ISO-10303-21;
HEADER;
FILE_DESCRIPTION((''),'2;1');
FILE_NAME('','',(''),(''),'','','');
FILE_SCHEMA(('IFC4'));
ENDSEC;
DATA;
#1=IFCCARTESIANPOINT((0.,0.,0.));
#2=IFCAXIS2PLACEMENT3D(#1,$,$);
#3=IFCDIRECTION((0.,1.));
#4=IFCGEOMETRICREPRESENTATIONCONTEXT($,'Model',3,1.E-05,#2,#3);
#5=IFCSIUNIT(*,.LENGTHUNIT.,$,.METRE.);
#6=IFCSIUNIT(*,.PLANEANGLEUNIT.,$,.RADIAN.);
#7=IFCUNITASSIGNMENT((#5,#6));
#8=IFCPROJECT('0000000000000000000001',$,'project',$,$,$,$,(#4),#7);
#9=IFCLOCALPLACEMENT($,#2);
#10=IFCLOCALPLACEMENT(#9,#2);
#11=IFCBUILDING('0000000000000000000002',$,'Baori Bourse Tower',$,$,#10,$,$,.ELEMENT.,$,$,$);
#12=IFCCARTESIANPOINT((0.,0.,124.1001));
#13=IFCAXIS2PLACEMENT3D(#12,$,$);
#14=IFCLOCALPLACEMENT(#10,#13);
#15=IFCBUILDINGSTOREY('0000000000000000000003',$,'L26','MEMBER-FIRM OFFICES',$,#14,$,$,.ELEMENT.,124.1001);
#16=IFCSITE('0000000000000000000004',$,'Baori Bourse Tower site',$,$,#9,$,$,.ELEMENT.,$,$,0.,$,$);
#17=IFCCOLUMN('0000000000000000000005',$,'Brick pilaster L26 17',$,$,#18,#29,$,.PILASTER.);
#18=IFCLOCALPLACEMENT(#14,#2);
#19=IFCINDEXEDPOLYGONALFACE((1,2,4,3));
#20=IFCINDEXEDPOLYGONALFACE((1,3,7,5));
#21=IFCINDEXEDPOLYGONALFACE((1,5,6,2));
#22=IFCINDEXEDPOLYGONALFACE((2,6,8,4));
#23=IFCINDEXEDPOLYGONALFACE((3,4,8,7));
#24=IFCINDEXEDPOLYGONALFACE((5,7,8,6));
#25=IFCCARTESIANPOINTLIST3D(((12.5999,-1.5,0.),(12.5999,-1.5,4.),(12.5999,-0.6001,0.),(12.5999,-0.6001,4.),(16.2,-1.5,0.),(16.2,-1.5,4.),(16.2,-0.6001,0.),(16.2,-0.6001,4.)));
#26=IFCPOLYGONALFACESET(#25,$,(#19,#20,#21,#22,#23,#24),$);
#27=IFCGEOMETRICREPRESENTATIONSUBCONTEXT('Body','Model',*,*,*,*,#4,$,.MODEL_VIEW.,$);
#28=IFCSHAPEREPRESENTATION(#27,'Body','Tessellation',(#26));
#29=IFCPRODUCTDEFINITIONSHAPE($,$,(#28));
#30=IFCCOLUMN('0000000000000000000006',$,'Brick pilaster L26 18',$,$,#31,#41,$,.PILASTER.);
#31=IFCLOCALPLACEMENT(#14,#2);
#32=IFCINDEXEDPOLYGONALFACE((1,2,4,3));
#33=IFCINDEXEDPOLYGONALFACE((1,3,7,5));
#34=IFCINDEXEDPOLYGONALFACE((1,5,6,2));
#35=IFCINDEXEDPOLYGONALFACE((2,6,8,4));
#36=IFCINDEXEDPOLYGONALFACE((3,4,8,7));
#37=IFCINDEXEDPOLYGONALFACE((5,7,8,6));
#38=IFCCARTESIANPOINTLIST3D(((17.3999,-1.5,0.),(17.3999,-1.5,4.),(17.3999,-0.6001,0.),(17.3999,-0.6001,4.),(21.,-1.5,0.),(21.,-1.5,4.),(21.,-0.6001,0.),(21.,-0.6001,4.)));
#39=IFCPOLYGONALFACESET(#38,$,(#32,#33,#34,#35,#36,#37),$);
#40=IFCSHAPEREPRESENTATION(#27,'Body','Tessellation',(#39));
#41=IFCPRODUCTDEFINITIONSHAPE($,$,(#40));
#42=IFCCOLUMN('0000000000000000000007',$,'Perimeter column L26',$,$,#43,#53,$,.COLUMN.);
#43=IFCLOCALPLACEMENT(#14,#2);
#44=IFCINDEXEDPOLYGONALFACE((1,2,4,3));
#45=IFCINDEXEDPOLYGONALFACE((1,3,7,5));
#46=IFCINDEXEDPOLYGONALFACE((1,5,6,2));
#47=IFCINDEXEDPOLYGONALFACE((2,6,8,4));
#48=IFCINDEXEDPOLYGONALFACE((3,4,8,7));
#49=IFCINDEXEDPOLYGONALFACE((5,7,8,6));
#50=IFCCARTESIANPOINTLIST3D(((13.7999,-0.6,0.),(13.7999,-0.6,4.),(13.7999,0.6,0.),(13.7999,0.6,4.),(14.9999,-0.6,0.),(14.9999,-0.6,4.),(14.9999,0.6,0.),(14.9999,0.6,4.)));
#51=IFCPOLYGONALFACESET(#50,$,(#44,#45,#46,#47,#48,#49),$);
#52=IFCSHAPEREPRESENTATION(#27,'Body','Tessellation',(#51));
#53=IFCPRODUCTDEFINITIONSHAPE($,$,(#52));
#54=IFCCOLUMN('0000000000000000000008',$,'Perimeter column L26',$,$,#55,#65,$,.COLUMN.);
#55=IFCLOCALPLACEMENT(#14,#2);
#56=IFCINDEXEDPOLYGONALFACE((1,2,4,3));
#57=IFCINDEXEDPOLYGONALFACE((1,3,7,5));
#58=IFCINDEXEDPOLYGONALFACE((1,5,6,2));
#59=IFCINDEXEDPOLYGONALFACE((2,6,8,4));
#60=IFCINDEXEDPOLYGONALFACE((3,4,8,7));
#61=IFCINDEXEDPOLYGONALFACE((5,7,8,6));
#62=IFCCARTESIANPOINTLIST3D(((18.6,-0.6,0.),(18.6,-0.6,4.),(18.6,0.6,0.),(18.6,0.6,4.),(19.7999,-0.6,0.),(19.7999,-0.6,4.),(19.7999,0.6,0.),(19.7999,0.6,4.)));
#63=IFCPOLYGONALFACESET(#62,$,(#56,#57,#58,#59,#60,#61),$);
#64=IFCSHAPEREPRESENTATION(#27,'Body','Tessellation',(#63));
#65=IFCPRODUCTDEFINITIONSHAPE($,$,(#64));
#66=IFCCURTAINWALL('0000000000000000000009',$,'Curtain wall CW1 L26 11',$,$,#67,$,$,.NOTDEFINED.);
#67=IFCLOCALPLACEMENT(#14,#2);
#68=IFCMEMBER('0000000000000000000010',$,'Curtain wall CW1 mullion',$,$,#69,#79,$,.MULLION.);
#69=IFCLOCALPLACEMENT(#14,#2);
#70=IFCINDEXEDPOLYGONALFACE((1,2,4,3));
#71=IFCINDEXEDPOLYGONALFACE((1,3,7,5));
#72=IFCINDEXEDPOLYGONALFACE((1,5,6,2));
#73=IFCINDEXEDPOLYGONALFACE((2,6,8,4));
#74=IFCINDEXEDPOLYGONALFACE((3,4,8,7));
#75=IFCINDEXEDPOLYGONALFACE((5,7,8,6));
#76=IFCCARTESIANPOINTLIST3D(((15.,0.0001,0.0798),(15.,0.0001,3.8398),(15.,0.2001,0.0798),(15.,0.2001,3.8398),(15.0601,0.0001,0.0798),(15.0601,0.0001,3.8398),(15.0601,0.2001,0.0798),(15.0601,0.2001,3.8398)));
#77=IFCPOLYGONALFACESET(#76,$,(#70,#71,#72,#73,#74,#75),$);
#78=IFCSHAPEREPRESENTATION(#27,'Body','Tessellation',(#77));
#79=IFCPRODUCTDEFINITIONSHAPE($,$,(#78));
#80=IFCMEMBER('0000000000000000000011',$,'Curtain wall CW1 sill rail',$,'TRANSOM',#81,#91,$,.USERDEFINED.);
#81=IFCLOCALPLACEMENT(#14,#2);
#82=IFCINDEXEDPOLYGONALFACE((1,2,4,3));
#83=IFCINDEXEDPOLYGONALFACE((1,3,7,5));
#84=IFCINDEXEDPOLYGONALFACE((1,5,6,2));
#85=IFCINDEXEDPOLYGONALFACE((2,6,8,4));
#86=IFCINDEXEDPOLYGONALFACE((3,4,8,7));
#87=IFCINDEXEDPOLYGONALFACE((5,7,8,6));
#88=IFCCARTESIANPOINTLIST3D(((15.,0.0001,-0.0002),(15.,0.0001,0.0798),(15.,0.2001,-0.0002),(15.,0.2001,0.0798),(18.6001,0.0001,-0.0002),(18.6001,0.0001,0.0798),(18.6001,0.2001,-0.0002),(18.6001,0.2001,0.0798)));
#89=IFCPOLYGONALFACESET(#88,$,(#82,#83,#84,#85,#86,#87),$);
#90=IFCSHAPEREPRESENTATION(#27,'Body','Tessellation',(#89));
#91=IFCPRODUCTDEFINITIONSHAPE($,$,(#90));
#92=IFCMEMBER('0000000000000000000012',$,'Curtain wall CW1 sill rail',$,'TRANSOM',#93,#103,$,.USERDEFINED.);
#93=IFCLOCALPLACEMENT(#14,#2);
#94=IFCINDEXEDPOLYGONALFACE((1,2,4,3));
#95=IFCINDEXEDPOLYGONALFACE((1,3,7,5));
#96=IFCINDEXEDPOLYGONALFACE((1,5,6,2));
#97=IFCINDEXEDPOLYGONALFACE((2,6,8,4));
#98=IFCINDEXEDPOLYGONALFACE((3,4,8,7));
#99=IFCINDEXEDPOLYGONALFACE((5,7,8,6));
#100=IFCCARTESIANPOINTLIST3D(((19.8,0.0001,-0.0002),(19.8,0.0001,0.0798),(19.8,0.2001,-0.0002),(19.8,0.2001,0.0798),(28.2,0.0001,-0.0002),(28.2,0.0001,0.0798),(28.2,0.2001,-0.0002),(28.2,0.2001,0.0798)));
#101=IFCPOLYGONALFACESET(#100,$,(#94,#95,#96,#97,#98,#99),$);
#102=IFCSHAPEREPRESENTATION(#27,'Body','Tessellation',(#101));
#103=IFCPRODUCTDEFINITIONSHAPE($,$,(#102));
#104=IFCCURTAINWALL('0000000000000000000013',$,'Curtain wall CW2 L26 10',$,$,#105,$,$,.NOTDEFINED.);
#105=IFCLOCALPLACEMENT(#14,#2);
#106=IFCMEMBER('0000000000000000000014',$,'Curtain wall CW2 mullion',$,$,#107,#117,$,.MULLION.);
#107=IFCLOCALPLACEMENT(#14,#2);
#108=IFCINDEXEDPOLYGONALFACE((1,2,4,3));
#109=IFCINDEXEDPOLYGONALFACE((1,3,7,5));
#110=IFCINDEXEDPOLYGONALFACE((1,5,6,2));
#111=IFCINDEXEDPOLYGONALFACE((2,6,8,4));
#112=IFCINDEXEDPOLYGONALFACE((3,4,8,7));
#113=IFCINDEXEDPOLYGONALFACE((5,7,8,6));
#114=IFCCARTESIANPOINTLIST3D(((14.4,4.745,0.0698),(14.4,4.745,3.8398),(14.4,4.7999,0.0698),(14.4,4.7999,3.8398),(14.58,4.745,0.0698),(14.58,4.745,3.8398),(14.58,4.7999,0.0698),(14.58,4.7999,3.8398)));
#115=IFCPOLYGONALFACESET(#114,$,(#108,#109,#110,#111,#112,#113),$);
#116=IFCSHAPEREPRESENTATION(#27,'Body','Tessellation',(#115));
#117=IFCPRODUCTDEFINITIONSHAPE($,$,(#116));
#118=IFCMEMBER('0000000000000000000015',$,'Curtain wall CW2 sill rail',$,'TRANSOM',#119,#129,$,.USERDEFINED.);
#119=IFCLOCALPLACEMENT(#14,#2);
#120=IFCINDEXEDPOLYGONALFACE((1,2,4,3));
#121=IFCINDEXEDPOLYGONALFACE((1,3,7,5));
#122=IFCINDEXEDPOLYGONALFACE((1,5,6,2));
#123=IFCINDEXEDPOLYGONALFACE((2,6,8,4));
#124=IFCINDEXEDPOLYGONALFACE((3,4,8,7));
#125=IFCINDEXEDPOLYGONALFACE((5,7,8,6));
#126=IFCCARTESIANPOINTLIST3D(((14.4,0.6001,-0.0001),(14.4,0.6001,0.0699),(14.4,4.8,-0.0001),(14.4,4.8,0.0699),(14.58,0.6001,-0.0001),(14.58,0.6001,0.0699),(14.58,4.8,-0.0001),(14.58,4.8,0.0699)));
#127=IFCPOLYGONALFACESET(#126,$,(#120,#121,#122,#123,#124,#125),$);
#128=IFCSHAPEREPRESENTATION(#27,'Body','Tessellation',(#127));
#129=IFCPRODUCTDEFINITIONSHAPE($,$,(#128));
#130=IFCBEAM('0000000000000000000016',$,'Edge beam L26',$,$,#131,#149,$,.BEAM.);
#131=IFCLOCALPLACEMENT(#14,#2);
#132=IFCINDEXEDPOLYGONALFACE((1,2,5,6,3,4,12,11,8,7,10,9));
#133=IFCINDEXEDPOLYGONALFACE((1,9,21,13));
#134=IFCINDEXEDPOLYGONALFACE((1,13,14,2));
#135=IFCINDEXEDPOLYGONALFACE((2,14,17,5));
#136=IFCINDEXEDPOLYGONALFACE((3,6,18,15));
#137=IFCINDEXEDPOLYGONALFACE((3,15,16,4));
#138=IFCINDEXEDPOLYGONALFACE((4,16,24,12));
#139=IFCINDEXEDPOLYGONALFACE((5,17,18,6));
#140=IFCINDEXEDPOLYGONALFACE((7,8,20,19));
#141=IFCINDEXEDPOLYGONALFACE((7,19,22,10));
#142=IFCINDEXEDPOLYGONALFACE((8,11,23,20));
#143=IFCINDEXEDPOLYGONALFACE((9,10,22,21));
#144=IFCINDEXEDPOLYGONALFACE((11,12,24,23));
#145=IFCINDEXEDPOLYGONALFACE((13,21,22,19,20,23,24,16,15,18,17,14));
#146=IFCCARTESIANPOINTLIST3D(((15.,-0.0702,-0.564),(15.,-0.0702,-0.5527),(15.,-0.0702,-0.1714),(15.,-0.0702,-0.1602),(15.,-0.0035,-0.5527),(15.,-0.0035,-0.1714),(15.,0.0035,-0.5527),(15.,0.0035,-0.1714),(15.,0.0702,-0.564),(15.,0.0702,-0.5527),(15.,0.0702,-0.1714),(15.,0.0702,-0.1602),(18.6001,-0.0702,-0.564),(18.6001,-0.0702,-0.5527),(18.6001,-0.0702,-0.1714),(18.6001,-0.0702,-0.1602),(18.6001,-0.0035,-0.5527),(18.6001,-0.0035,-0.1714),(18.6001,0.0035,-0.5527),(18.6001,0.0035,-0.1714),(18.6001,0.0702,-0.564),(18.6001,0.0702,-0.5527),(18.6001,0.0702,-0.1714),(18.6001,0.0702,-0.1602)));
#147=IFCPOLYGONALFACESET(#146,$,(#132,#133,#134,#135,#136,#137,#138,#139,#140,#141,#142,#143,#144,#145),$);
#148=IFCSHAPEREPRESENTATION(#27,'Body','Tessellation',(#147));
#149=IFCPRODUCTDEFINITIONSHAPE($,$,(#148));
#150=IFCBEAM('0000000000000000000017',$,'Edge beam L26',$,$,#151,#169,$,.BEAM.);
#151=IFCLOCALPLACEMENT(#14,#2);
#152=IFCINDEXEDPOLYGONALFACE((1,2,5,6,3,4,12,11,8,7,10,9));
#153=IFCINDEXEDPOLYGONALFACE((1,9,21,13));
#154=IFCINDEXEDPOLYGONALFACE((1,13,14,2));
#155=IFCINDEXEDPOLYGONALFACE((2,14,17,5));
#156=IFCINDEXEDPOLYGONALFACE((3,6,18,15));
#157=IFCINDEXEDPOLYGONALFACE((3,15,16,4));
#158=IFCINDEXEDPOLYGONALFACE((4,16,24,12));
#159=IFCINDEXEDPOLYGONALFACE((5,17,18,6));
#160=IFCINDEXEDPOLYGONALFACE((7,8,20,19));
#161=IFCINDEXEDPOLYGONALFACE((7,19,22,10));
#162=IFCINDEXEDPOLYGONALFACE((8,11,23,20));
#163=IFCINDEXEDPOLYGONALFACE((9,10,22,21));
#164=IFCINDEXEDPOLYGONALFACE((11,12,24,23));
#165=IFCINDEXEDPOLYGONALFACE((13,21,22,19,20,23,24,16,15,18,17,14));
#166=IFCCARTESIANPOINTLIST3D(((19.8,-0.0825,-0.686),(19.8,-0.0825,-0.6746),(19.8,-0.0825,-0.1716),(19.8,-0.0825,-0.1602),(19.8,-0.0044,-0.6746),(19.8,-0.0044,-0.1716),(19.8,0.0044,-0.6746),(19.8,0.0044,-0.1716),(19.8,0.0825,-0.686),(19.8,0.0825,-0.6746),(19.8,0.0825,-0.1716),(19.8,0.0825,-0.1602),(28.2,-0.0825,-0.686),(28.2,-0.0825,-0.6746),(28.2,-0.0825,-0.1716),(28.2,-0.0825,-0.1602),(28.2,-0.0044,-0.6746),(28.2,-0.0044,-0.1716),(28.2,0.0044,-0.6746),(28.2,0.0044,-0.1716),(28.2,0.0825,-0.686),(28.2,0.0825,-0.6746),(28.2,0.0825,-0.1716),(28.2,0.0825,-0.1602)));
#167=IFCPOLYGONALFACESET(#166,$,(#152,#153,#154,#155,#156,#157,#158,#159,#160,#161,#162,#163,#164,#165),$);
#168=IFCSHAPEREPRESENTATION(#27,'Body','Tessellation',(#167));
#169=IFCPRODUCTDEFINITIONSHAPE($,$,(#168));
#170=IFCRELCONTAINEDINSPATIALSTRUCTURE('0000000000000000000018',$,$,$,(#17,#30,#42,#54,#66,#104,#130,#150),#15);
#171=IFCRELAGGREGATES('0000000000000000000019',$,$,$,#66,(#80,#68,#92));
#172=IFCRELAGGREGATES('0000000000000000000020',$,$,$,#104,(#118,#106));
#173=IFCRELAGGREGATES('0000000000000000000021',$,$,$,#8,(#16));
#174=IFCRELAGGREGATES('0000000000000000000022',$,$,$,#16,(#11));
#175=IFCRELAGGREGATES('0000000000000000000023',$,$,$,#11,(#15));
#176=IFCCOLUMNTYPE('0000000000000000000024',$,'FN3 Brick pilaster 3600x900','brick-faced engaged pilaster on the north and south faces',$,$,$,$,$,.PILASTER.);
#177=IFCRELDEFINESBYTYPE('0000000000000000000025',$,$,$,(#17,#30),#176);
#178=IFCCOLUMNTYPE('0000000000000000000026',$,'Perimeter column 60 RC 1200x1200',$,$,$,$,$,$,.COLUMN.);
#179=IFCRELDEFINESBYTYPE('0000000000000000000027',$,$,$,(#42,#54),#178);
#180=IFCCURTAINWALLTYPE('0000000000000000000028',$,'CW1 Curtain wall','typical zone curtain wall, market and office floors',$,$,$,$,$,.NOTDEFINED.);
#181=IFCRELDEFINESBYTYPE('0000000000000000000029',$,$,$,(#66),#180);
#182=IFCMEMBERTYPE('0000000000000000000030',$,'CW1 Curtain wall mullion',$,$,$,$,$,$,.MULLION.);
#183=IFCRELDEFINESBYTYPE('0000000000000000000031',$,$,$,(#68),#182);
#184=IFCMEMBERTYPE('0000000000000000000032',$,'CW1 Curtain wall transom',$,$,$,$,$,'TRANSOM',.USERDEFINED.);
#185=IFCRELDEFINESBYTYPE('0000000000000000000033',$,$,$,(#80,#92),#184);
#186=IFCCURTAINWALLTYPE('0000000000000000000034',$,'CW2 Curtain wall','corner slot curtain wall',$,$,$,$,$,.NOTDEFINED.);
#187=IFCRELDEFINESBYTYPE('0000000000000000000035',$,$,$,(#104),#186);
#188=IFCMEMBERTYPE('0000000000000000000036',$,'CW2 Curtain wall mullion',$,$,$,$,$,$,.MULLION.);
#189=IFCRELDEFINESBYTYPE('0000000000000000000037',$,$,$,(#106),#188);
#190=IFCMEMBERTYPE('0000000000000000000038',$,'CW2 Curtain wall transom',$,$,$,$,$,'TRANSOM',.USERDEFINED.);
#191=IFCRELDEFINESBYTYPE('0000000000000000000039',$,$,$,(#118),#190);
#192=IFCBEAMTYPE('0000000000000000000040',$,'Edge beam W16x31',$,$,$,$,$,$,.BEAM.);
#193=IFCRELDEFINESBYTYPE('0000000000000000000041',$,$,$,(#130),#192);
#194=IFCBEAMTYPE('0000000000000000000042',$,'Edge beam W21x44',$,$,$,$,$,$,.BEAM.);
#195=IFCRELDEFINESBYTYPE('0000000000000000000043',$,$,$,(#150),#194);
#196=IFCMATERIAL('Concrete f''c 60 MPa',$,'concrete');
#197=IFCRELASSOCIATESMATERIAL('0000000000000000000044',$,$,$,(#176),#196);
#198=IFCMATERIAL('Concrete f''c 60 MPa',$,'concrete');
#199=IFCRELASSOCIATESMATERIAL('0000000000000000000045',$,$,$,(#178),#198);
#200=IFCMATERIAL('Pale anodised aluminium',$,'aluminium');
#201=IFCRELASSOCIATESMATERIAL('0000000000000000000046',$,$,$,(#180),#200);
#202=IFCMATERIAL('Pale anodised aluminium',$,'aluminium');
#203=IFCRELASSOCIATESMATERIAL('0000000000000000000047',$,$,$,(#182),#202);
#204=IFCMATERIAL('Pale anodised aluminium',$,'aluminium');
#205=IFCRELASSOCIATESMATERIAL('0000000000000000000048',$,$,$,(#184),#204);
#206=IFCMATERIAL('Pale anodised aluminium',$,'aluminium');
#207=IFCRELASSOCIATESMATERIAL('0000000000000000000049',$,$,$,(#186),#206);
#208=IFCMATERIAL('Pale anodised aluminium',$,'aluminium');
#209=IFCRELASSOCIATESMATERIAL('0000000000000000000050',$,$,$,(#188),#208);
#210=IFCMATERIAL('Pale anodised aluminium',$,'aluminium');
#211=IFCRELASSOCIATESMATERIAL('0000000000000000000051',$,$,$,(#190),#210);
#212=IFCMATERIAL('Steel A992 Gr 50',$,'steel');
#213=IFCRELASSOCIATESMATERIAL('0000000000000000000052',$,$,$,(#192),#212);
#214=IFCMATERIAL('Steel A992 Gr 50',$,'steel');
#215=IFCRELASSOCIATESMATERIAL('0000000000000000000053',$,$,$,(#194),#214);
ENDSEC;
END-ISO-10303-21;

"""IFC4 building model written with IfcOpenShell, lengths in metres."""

from ifc_helpers import new_model, si_unit, direction, frame, origin, origin_2d, place, context, subcontext, project, spatial, rectangle, i_section, extrude, material, material_profile, profile_set, type_object, element, aggregate, save


model = new_model("IFC4")

# Units and contexts
model_context = context("Model", 3, precision=1e-05, world=origin(), true_north=direction((0.0, 1.0)))
body_context = subcontext(model_context, "Body", "Model", "MODEL_VIEW")
ifc_project = project(units=[si_unit("LENGTHUNIT", "METRE"), si_unit("PLANEANGLEUNIT", "RADIAN")], contexts=[model_context])

# Site, building, storey
site_placement = place(None, origin())
site = spatial("IfcSite", under=ifc_project, at=site_placement, Name="Baori Bourse Tower site", CompositionType="ELEMENT", RefElevation=0.0)
building_placement = place(site_placement, origin())
building = spatial("IfcBuilding", under=site, at=building_placement, Name="Baori Bourse Tower", CompositionType="ELEMENT")
storey_placement = place(building_placement, frame((0.0, 0.0, 124.1001)))
storey = spatial("IfcBuildingStorey", under=building, at=storey_placement, Name="L26", Description="MEMBER-FIRM OFFICES", CompositionType="ELEMENT", Elevation=124.1001)

# Columns
ifc_material_1 = material(Name="Concrete f'c 60 MPa", Category="concrete")
ifc_material_profile_1 = material_profile(ifc_material_1, rectangle(XDim=3.6001, YDim=0.8999, at=origin_2d()), Name="RC 3600x900")
ifc_profile_set_1 = profile_set([ifc_material_profile_1], Name="Concrete f'c 60 MPa")
column_type_1 = type_object("IfcColumnType", Name="FN3 Brick pilaster 3600x900", Description="brick-faced engaged pilaster on the north and south faces", PredefinedType="PILASTER", material=ifc_profile_set_1)
for number, where, z_axis, x_axis, name in (
    (1, (14.3999, -1.05, 0.0), (0.0, 0.0, 1.0), (1.0, 0.0, 0.0), "Brick pilaster L26 17"),
    (2, (19.2, -1.05, 0.0), (0.0, 0.0, 1.0), (1.0, 0.0, 0.0), "Brick pilaster L26 18"),
):
    element("IfcColumn", number, at=place(storey_placement, frame(where, z_axis=z_axis, x_axis=x_axis)), inside=storey, type_object=column_type_1, Name=name, PredefinedType="PILASTER", context=body_context, shape_type="SweptSolid", body=[
        extrude(rectangle(XDim=3.6001, YDim=0.8999, at=origin_2d()), origin(), (0.0, 0.0, 1.0), 4.0),
    ])
ifc_material_2 = material(Name="Concrete f'c 60 MPa", Category="concrete")
ifc_material_profile_2 = material_profile(ifc_material_2, rectangle(XDim=1.2, YDim=1.2, at=origin_2d()), Name="RC 1200x1200")
ifc_profile_set_2 = profile_set([ifc_material_profile_2], Name="Concrete f'c 60 MPa")
column_type_2 = type_object("IfcColumnType", Name="Perimeter column 60 RC 1200x1200", PredefinedType="COLUMN", material=ifc_profile_set_2)
for number, where, z_axis, x_axis, name in (
    (3, (14.3999, 0.0, 0.0), (0.0, 0.0, 1.0), (1.0, 0.0, 0.0), "Perimeter column L26"),
    (4, (19.2, 0.0, 0.0), (0.0, 0.0, 1.0), (1.0, 0.0, 0.0), "Perimeter column L26"),
):
    element("IfcColumn", number, at=place(storey_placement, frame(where, z_axis=z_axis, x_axis=x_axis)), inside=storey, type_object=column_type_2, Name=name, PredefinedType="COLUMN", context=body_context, shape_type="SweptSolid", body=[
        extrude(rectangle(XDim=1.2, YDim=1.2, at=origin_2d()), origin(), (0.0, 0.0, 1.0), 4.0),
    ])

# Curtain walls, members
ifc_material_3 = material(Name="Pale anodised aluminium", Category="aluminium")
curtain_wall_type_1 = type_object("IfcCurtainWallType", Name="CW1 Curtain wall", Description="typical zone curtain wall, market and office floors", PredefinedType="NOTDEFINED", material=ifc_material_3)
curtain_wall_1_placement = place(storey_placement, origin())
curtain_wall_1 = element("IfcCurtainWall", 5, at=curtain_wall_1_placement, inside=storey, type_object=curtain_wall_type_1, Name="Curtain wall CW1 L26 11", PredefinedType="NOTDEFINED")
ifc_material_4 = material(Name="Pale anodised aluminium", Category="aluminium")
ifc_material_profile_3 = material_profile(ifc_material_4, rectangle(XDim=0.2, YDim=0.0601, at=origin_2d()), Name="Mullion 60x200")
ifc_profile_set_3 = profile_set([ifc_material_profile_3], Name="Pale anodised aluminium")
member_type_1 = type_object("IfcMemberType", Name="CW1 Curtain wall mullion", PredefinedType="MULLION", material=ifc_profile_set_3)
member_1_placement = place(storey_placement, frame((15.03, 0.1001, 0.0798), z_axis=(0.0, 0.0, 1.0), x_axis=(0.0, 1.0, 0.0)))
member_1 = element("IfcMember", 6, at=member_1_placement, type_object=member_type_1, Name="Curtain wall CW1 mullion", PredefinedType="MULLION", context=body_context, shape_type="SweptSolid", body=[
    extrude(rectangle(XDim=0.2, YDim=0.0601, at=origin_2d()), origin(), (0.0, 0.0, 1.0), 3.76),
])
ifc_material_5 = material(Name="Pale anodised aluminium", Category="aluminium")
ifc_material_profile_4 = material_profile(ifc_material_5, rectangle(XDim=0.2, YDim=0.0801, at=origin_2d()), Name="Transom 80x200")
ifc_profile_set_4 = profile_set([ifc_material_profile_4], Name="Pale anodised aluminium")
member_type_2 = type_object("IfcMemberType", Name="CW1 Curtain wall transom", ElementType="TRANSOM", PredefinedType="USERDEFINED", material=ifc_profile_set_4)
member_2_placement = place(storey_placement, frame((15.0, 0.1001, 0.0398), z_axis=(1.0, 0.0, 0.0), x_axis=(0.0, 1.0, 0.0)))
member_2 = element("IfcMember", 7, at=member_2_placement, type_object=member_type_2, Name="Curtain wall CW1 sill rail", ObjectType="TRANSOM", PredefinedType="USERDEFINED", context=body_context, shape_type="SweptSolid", body=[
    extrude(rectangle(XDim=0.2, YDim=0.0801, at=origin_2d()), origin(), (0.0, 0.0, 1.0), 3.6001),
])
member_3_placement = place(storey_placement, frame((19.8, 0.1001, 0.0398), z_axis=(1.0, 0.0, 0.0), x_axis=(0.0, 1.0, 0.0)))
member_3 = element("IfcMember", 8, at=member_3_placement, type_object=member_type_2, Name="Curtain wall CW1 sill rail", ObjectType="TRANSOM", PredefinedType="USERDEFINED", context=body_context, shape_type="SweptSolid", body=[
    extrude(rectangle(XDim=0.2, YDim=0.0801, at=origin_2d()), origin(), (0.0, 0.0, 1.0), 8.3999),
])
ifc_material_6 = material(Name="Pale anodised aluminium", Category="aluminium")
curtain_wall_type_2 = type_object("IfcCurtainWallType", Name="CW2 Curtain wall", Description="corner slot curtain wall", PredefinedType="NOTDEFINED", material=ifc_material_6)
curtain_wall_2_placement = place(storey_placement, origin())
curtain_wall_2 = element("IfcCurtainWall", 9, at=curtain_wall_2_placement, inside=storey, type_object=curtain_wall_type_2, Name="Curtain wall CW2 L26 10", PredefinedType="NOTDEFINED")
ifc_material_7 = material(Name="Pale anodised aluminium", Category="aluminium")
ifc_material_profile_5 = material_profile(ifc_material_7, rectangle(XDim=0.1799, YDim=0.0549, at=origin_2d()), Name="Mullion 55x180")
ifc_profile_set_5 = profile_set([ifc_material_profile_5], Name="Pale anodised aluminium")
member_type_3 = type_object("IfcMemberType", Name="CW2 Curtain wall mullion", PredefinedType="MULLION", material=ifc_profile_set_5)
member_4_placement = place(storey_placement, frame((14.49, 4.7725, 0.0698), z_axis=(0.0, 0.0, 1.0), x_axis=(1.0, 0.0, 0.0)))
member_4 = element("IfcMember", 10, at=member_4_placement, type_object=member_type_3, Name="Curtain wall CW2 mullion", PredefinedType="MULLION", context=body_context, shape_type="SweptSolid", body=[
    extrude(rectangle(XDim=0.1799, YDim=0.0549, at=origin_2d()), origin(), (0.0, 0.0, 1.0), 3.77),
])
ifc_material_8 = material(Name="Pale anodised aluminium", Category="aluminium")
ifc_material_profile_6 = material_profile(ifc_material_8, rectangle(XDim=0.1799, YDim=0.0701, at=origin_2d()), Name="Transom 70x180")
ifc_profile_set_6 = profile_set([ifc_material_profile_6], Name="Pale anodised aluminium")
member_type_4 = type_object("IfcMemberType", Name="CW2 Curtain wall transom", ElementType="TRANSOM", PredefinedType="USERDEFINED", material=ifc_profile_set_6)
member_5_placement = place(storey_placement, frame((14.49, 4.8, 0.0349), z_axis=(0.0, -1.0, 0.0), x_axis=(1.0, 0.0, 0.0)))
member_5 = element("IfcMember", 11, at=member_5_placement, type_object=member_type_4, Name="Curtain wall CW2 sill rail", ObjectType="TRANSOM", PredefinedType="USERDEFINED", context=body_context, shape_type="SweptSolid", body=[
    extrude(rectangle(XDim=0.1799, YDim=0.0701, at=origin_2d()), origin(), (0.0, 0.0, 1.0), 4.2),
])

# Beams
ifc_material_9 = material(Name="Steel A992 Gr 50", Category="steel")
ifc_material_profile_7 = material_profile(ifc_material_9, i_section(OverallWidth=0.1404, OverallDepth=0.4038, WebThickness=0.0071, FlangeThickness=0.0112, at=origin_2d()), Name="W16x31")
ifc_profile_set_7 = profile_set([ifc_material_profile_7], Name="Steel A992 Gr 50")
beam_type_1 = type_object("IfcBeamType", Name="Edge beam W16x31", PredefinedType="BEAM", material=ifc_profile_set_7)
beam_1_placement = place(storey_placement, frame((15.0, 0.0, -0.3621), z_axis=(1.0, 0.0, 0.0), x_axis=(0.0, 1.0, 0.0)))
element("IfcBeam", 12, at=beam_1_placement, inside=storey, type_object=beam_type_1, Name="Edge beam L26", PredefinedType="BEAM", context=body_context, shape_type="SweptSolid", body=[
    extrude(i_section(OverallWidth=0.1404, OverallDepth=0.4038, WebThickness=0.0071, FlangeThickness=0.0112, at=origin_2d()), origin(), (0.0, 0.0, 1.0), 3.6001),
])
ifc_material_10 = material(Name="Steel A992 Gr 50", Category="steel")
ifc_material_profile_8 = material_profile(ifc_material_10, i_section(OverallWidth=0.165, OverallDepth=0.5259, WebThickness=0.0088, FlangeThickness=0.0115, at=origin_2d()), Name="W21x44")
ifc_profile_set_8 = profile_set([ifc_material_profile_8], Name="Steel A992 Gr 50")
beam_type_2 = type_object("IfcBeamType", Name="Edge beam W21x44", PredefinedType="BEAM", material=ifc_profile_set_8)
beam_2_placement = place(storey_placement, frame((19.8, 0.0, -0.4231), z_axis=(1.0, 0.0, 0.0), x_axis=(0.0, 1.0, 0.0)))
element("IfcBeam", 13, at=beam_2_placement, inside=storey, type_object=beam_type_2, Name="Edge beam L26", PredefinedType="BEAM", context=body_context, shape_type="SweptSolid", body=[
    extrude(i_section(OverallWidth=0.165, OverallDepth=0.5259, WebThickness=0.0088, FlangeThickness=0.0115, at=origin_2d()), origin(), (0.0, 0.0, 1.0), 8.3999),
])

aggregate(curtain_wall_1, [member_2, member_1, member_3])
aggregate(curtain_wall_2, [member_5, member_4])

save(model, "model.ifc")
